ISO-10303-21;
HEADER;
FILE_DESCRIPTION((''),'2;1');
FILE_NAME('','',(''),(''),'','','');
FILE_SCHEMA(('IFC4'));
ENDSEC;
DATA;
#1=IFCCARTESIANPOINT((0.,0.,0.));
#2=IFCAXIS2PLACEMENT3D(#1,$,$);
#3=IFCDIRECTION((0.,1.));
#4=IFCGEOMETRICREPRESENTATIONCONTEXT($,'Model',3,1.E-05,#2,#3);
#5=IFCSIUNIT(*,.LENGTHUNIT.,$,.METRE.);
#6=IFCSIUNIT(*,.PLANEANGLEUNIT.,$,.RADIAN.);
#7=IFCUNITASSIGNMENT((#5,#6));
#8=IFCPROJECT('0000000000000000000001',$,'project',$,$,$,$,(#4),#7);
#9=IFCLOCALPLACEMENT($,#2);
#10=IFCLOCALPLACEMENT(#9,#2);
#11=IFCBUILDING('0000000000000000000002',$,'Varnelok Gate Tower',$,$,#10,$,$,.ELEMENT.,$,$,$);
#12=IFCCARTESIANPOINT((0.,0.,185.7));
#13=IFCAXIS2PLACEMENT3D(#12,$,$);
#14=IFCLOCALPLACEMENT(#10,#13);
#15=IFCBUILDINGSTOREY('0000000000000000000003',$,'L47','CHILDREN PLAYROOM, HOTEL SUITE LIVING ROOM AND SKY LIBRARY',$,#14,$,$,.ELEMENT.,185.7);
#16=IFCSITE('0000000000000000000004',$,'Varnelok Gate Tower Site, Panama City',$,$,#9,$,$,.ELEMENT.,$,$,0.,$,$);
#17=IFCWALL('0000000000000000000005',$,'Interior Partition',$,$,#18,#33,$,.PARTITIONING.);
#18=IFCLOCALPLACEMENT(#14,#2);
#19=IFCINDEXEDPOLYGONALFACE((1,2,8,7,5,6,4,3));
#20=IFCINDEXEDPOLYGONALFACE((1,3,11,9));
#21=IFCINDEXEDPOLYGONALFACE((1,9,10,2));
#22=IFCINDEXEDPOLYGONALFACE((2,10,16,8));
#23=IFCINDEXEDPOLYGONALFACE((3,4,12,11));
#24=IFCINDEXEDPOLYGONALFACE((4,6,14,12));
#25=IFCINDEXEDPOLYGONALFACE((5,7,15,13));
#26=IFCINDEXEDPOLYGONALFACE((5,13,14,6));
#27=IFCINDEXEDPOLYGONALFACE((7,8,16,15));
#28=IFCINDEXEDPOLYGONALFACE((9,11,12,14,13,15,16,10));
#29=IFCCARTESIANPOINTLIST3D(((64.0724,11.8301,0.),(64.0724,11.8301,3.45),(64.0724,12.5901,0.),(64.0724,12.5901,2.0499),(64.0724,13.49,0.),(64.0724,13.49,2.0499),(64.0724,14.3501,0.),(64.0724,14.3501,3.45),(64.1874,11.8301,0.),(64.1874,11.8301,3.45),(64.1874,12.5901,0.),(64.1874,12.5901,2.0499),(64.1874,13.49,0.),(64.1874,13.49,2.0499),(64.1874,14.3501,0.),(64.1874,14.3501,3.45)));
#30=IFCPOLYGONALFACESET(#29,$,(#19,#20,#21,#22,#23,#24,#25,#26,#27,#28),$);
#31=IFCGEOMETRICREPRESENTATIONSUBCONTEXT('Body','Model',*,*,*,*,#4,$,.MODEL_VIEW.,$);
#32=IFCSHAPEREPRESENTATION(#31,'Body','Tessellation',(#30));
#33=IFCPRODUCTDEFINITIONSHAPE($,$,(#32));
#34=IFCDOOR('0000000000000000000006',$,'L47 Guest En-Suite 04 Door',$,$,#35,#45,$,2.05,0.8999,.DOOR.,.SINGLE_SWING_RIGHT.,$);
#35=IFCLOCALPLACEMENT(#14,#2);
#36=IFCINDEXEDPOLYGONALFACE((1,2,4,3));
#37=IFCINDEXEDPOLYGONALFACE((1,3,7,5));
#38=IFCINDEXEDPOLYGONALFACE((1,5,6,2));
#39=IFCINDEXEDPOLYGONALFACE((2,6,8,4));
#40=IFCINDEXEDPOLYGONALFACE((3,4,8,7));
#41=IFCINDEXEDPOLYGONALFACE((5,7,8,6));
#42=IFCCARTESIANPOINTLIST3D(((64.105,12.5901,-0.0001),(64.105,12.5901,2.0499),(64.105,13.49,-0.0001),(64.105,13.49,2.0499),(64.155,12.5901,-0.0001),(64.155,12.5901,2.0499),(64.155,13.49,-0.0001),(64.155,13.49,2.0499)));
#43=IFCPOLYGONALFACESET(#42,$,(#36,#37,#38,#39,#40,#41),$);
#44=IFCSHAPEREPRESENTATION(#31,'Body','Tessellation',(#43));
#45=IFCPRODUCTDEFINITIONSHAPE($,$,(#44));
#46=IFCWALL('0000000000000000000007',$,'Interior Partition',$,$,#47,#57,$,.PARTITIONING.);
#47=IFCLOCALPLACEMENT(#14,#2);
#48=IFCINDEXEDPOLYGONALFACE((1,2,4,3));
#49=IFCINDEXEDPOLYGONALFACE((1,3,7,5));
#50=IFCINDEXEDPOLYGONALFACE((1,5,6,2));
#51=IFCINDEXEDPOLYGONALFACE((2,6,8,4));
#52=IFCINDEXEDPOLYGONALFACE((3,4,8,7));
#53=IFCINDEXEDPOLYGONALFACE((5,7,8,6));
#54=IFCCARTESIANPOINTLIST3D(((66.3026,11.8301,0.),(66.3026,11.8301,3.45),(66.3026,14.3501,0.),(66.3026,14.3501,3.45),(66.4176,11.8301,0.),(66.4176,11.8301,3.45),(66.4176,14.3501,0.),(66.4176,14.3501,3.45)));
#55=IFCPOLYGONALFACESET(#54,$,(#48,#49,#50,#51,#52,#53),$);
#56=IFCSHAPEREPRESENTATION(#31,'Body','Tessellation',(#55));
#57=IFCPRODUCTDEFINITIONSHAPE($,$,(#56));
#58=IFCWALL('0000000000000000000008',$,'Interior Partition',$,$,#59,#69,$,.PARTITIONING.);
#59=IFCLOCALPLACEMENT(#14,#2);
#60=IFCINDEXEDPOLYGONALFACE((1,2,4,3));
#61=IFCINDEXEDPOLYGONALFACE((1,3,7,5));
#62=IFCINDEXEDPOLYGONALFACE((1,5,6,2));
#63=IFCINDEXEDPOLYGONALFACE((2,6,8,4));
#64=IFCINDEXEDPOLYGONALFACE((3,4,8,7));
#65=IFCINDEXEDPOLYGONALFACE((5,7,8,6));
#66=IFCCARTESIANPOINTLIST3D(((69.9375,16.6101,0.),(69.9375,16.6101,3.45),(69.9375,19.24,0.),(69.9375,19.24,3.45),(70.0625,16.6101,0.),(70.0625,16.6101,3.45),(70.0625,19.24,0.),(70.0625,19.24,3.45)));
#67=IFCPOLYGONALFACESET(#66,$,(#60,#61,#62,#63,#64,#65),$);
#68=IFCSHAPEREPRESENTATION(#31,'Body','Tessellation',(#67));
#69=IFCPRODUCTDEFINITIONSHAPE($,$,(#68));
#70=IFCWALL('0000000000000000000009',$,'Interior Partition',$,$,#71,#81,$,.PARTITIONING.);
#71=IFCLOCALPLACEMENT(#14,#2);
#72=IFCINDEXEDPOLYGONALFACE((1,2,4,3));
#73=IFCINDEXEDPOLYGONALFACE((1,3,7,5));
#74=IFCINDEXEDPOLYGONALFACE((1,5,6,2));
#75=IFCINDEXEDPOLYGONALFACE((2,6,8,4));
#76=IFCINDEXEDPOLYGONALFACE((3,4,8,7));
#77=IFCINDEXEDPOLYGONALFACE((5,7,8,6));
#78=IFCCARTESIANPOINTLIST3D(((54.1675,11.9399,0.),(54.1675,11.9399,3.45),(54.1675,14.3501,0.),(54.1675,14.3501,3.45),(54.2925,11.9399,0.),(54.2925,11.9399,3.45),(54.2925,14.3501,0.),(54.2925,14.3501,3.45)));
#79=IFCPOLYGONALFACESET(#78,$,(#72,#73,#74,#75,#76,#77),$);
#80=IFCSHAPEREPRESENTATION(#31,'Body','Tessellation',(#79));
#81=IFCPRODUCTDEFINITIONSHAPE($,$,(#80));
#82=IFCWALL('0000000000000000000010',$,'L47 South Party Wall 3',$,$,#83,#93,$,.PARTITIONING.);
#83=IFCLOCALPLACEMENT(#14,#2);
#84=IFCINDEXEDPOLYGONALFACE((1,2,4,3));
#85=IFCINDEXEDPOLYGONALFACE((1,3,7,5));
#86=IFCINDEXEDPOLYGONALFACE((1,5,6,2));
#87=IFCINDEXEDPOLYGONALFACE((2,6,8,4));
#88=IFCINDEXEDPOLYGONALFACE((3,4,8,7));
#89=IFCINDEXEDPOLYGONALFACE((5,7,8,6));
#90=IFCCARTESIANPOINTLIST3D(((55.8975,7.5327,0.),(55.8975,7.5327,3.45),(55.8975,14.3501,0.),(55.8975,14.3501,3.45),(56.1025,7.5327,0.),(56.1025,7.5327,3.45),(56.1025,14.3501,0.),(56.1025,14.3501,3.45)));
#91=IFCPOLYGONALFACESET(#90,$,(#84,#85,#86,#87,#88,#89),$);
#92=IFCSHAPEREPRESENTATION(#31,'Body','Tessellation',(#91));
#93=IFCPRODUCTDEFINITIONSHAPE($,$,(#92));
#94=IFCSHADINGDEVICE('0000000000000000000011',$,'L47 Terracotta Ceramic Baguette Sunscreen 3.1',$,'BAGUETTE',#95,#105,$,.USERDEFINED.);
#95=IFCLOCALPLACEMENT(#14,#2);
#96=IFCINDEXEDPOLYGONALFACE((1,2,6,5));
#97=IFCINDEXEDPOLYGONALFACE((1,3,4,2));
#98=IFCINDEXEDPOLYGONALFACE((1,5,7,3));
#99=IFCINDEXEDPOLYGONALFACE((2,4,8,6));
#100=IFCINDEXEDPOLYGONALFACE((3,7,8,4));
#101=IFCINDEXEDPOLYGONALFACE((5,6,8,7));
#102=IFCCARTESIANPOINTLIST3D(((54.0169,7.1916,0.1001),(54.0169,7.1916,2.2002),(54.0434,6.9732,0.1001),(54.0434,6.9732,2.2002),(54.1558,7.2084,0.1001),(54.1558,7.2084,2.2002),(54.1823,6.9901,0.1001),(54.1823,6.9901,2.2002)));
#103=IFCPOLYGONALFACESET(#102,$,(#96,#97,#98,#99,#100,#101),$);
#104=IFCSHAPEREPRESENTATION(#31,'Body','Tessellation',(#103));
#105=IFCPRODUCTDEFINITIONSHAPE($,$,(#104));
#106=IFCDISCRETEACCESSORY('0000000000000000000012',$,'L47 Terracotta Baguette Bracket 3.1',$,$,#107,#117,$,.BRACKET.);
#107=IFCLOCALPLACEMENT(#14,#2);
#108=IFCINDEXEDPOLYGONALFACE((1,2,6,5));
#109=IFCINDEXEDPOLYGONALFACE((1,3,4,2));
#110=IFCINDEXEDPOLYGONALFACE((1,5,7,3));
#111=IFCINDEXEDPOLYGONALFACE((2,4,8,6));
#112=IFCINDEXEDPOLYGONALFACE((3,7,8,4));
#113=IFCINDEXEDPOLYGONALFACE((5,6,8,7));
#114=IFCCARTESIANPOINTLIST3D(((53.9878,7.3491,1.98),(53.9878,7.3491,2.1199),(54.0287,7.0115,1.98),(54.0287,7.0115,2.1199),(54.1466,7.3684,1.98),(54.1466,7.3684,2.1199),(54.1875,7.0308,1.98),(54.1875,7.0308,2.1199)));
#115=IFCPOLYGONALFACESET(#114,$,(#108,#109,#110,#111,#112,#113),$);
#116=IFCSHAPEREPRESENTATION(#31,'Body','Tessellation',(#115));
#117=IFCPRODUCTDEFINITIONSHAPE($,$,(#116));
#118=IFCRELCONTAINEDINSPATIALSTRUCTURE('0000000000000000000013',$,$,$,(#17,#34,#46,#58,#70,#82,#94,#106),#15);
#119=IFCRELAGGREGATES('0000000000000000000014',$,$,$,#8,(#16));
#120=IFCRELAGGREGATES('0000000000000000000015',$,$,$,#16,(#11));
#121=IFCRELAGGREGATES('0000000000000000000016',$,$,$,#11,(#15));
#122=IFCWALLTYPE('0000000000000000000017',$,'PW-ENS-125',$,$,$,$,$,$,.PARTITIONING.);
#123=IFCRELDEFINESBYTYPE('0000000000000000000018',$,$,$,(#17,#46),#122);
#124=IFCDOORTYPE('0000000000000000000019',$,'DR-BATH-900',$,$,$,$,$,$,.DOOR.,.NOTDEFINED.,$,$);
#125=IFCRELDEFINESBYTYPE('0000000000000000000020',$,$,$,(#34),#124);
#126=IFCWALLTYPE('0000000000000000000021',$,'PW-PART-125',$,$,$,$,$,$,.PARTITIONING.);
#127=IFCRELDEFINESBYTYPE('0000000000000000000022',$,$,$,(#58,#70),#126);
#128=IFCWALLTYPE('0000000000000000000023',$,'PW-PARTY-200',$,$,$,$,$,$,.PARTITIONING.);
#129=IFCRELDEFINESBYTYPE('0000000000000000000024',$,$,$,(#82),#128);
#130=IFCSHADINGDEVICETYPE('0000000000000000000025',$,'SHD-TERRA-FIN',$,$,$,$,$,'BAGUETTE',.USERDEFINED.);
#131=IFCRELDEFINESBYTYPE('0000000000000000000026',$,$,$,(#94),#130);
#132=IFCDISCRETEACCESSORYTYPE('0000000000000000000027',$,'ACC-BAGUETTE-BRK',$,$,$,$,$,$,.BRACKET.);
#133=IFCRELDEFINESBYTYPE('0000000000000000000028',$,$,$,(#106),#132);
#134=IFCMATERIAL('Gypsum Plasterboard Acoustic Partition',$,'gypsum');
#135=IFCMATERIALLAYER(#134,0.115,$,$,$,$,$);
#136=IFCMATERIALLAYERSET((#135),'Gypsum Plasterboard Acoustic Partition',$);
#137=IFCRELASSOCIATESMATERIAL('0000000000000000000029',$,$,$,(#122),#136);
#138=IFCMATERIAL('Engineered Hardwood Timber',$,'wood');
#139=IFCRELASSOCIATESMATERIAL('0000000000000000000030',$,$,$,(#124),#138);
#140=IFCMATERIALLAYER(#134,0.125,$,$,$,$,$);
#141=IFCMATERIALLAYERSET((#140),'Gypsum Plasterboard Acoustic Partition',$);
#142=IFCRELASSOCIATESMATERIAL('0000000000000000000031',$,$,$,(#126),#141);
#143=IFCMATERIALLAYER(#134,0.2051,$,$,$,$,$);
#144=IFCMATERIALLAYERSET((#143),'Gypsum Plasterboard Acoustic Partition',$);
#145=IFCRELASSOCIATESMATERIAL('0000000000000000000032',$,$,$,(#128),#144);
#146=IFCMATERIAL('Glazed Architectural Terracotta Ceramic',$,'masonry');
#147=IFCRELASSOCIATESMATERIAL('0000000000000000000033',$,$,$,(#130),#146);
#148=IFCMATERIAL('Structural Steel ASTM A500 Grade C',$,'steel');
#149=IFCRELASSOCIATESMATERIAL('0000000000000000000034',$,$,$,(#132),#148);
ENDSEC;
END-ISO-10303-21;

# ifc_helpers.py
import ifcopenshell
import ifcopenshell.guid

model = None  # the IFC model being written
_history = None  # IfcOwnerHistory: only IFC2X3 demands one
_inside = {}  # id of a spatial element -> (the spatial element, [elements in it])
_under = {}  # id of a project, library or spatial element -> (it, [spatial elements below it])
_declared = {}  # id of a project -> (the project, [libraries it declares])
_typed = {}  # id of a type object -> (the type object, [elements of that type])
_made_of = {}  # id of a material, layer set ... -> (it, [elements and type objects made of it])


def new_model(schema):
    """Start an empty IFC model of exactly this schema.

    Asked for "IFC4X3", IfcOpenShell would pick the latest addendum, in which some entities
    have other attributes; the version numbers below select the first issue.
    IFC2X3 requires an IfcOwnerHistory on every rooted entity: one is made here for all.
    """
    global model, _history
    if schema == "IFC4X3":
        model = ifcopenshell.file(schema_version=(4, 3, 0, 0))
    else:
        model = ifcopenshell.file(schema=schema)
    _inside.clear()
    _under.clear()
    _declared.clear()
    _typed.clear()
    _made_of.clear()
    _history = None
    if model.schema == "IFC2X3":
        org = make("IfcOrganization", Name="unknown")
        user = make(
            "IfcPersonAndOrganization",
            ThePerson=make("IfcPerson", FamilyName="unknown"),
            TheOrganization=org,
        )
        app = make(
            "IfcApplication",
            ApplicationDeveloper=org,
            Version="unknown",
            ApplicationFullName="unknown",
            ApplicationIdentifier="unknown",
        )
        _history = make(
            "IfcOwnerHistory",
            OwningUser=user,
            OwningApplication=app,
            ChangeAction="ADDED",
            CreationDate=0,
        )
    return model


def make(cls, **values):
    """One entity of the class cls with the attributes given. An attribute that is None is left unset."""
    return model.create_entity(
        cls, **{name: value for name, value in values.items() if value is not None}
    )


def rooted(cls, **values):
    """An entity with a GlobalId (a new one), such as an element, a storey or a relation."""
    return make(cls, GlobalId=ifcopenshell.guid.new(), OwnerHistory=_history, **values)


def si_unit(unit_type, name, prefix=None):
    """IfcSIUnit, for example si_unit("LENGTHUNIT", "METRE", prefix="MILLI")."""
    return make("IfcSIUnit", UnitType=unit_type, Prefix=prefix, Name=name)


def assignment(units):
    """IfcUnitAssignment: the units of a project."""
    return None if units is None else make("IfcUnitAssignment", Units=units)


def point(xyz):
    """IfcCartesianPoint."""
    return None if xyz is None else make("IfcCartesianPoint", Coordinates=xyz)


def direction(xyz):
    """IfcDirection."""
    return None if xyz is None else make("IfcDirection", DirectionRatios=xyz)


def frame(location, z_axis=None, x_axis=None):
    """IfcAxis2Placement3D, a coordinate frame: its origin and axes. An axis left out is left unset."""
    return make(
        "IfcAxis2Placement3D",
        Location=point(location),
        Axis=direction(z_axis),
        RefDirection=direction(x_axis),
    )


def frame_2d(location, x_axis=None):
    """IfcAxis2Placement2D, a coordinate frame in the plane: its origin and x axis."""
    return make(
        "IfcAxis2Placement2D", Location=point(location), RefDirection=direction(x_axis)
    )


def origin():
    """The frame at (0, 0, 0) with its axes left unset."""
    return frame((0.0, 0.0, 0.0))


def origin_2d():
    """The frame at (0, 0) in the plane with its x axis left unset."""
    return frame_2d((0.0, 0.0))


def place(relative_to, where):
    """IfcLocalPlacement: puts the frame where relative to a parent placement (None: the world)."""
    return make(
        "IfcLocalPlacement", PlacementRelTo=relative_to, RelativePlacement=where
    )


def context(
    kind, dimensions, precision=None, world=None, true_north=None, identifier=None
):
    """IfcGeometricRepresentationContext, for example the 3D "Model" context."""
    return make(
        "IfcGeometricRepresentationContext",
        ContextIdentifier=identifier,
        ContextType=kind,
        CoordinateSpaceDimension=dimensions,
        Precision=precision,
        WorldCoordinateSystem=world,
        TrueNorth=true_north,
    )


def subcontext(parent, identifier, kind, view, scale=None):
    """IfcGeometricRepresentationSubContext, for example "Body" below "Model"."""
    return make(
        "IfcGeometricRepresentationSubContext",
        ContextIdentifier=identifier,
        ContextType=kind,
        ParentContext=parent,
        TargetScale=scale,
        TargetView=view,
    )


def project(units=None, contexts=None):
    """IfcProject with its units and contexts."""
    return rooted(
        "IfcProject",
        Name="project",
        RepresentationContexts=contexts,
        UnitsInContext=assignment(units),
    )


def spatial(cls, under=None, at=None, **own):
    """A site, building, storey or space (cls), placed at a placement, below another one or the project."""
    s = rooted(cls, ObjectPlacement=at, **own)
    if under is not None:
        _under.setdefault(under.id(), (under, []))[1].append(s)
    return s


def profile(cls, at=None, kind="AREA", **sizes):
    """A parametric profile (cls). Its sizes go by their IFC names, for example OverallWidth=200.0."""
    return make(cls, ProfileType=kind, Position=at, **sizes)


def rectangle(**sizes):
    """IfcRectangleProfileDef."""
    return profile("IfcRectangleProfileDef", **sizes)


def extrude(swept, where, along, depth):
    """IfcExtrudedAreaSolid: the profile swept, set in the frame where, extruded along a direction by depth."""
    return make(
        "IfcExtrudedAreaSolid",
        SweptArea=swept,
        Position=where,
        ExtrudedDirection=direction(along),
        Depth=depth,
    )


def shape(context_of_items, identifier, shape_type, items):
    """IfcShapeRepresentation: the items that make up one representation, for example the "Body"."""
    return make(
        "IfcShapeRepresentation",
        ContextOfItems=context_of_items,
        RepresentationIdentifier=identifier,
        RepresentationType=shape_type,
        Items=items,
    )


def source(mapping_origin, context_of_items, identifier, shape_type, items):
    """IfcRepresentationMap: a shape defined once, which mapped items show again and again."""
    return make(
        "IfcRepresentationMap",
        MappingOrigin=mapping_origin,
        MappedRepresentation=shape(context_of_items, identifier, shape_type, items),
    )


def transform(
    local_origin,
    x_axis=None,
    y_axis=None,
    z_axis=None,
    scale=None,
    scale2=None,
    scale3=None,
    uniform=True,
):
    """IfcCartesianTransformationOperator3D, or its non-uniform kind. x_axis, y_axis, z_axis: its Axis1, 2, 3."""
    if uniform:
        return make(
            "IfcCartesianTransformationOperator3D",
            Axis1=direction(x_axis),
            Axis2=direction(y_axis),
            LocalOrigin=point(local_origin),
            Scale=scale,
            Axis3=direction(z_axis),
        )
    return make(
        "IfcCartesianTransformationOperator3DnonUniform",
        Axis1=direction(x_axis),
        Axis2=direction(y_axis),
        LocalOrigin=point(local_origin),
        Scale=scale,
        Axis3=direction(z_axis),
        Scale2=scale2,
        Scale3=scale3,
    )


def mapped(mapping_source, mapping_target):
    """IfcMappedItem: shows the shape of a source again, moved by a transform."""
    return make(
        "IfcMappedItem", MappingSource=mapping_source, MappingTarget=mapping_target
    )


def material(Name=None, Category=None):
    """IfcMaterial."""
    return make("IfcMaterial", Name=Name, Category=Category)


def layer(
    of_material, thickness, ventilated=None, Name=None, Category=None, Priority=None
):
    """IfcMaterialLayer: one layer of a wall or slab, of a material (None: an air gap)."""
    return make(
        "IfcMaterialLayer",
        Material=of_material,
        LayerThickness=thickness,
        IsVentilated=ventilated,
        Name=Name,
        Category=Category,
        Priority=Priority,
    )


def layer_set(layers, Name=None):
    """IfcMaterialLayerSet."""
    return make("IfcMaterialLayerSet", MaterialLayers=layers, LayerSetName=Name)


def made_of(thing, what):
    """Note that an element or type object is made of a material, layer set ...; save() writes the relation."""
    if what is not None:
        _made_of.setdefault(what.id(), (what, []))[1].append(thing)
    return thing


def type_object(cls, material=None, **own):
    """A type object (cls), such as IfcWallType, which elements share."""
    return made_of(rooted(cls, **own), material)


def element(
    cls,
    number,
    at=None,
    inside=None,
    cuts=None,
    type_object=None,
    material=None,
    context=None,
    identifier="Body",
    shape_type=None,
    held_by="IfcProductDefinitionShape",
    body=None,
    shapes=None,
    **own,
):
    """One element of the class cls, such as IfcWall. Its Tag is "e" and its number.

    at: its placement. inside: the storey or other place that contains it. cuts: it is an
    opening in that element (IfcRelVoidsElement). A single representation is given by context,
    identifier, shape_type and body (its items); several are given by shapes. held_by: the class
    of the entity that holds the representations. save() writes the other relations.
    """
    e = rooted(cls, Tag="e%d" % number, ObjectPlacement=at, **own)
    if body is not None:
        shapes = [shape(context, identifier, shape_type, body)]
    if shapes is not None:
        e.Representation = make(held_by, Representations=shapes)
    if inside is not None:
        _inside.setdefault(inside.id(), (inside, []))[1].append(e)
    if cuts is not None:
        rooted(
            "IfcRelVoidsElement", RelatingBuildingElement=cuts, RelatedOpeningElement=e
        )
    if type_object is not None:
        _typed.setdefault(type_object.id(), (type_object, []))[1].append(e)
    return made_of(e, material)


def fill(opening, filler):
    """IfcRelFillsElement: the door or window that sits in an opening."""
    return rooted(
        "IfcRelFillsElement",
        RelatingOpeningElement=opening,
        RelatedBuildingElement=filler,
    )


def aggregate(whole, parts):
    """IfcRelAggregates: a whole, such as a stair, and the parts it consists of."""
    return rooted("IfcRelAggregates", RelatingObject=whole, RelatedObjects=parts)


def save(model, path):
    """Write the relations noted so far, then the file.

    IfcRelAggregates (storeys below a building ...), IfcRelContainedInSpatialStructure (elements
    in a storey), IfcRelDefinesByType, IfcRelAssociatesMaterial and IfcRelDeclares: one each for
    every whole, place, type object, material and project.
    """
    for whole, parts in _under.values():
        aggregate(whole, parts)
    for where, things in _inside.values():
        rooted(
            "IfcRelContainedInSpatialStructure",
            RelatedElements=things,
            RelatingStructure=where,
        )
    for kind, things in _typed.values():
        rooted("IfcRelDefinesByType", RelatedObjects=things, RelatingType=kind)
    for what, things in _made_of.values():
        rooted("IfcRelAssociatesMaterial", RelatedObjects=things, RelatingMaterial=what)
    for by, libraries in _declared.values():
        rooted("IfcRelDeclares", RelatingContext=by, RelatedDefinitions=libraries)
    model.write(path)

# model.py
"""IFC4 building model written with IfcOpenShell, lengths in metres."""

from ifc_helpers import new_model, si_unit, direction, frame, frame_2d, origin, origin_2d, place, context, subcontext, project, spatial, rectangle, extrude, source, transform, mapped, material, layer, layer_set, type_object, element, fill, save


model = new_model("IFC4")

# Units and contexts
model_context = context("Model", 3, precision=1e-05, world=origin(), true_north=direction((0.0, 1.0)))
body_context = subcontext(model_context, "Body", "Model", "MODEL_VIEW")
ifc_project = project(units=[si_unit("LENGTHUNIT", "METRE"), si_unit("PLANEANGLEUNIT", "RADIAN")], contexts=[model_context])

# Site, building, storey
site_placement = place(None, origin())
site = spatial("IfcSite", under=ifc_project, at=site_placement, Name="Varnelok Gate Tower Site, Panama City", CompositionType="ELEMENT", RefElevation=0.0)
building_placement = place(site_placement, origin())
building = spatial("IfcBuilding", under=site, at=building_placement, Name="Varnelok Gate Tower", CompositionType="ELEMENT")
storey_placement = place(building_placement, frame((0.0, 0.0, 185.7)))
storey = spatial("IfcBuildingStorey", under=building, at=storey_placement, Name="L47", Description="CHILDREN PLAYROOM, HOTEL SUITE LIVING ROOM AND SKY LIBRARY", CompositionType="ELEMENT", Elevation=185.7)

# Shared definitions
ifc_material_1 = material(Name="Gypsum Plasterboard Acoustic Partition", Category="gypsum")
ifc_material_2 = material(Name="Engineered Hardwood Timber", Category="wood")

# Shared definitions
ifc_layer_1 = layer(ifc_material_1, 0.115)
ifc_layer_set_1 = layer_set([ifc_layer_1], Name="Gypsum Plasterboard Acoustic Partition")
wall_type_1 = type_object("IfcWallType", Name="PW-ENS-125", PredefinedType="PARTITIONING", material=ifc_layer_set_1)

# Wall, opening, door
wall_1_placement = place(storey_placement, frame((64.1299, 11.8301, 0.0), z_axis=(0.0, 0.0, 1.0), x_axis=(0.0, 1.0, 0.0)))
wall_1 = element("IfcWall", 1, at=wall_1_placement, inside=storey, type_object=wall_type_1, Name="Interior Partition", PredefinedType="PARTITIONING", context=body_context, shape_type="SweptSolid", body=[
    extrude(rectangle(XDim=2.52, YDim=0.115, at=frame_2d((1.26, 0.0))), origin(), (0.0, 0.0, 1.0), 3.45),
])
opening_1_placement = place(wall_1_placement, frame((0.76, 0.0, 0.0)))
opening_1 = element("IfcOpeningElement", 2, at=opening_1_placement, cuts=wall_1, PredefinedType="OPENING", context=body_context, shape_type="SweptSolid", body=[
    extrude(rectangle(XDim=0.8999, YDim=2.05, at=frame_2d((0.45, 1.0249))), frame((0.0, 0.0674, 0.0), z_axis=(0.0, -1.0, 0.0), x_axis=(1.0, 0.0, 0.0)), (0.0, 0.0, 1.0), 0.135),
])
door_type_1 = type_object("IfcDoorType", Name="DR-BATH-900", OperationType="NOTDEFINED", PredefinedType="DOOR", material=ifc_material_2)
door_1_placement = place(opening_1_placement, origin())
door_1 = element("IfcDoor", 3, at=door_1_placement, inside=storey, type_object=door_type_1, Name="L47 Guest En-Suite 04 Door", OperationType="SINGLE_SWING_RIGHT", OverallHeight=2.05, OverallWidth=0.8999, PredefinedType="DOOR", context=body_context, shape_type="SweptSolid", body=[
    extrude(rectangle(XDim=0.8999, YDim=2.05, at=frame_2d((0.45, 1.0249))), frame((0.0, 0.0249, 0.0), z_axis=(0.0, -1.0, 0.0), x_axis=(1.0, 0.0, 0.0)), (0.0, 0.0, 1.0), 0.05),
])
fill(opening_1, door_1)

# Walls
wall_2_placement = place(storey_placement, frame((66.3601, 11.8301, 0.0), z_axis=(0.0, 0.0, 1.0), x_axis=(0.0, 1.0, 0.0)))
element("IfcWall", 4, at=wall_2_placement, inside=storey, type_object=wall_type_1, Name="Interior Partition", PredefinedType="PARTITIONING", context=body_context, shape_type="SweptSolid", body=[
    extrude(rectangle(XDim=2.52, YDim=0.115, at=frame_2d((1.26, 0.0))), origin(), (0.0, 0.0, 1.0), 3.45),
])
ifc_layer_2 = layer(ifc_material_1, 0.125)
ifc_layer_set_2 = layer_set([ifc_layer_2], Name="Gypsum Plasterboard Acoustic Partition")
wall_type_2 = type_object("IfcWallType", Name="PW-PART-125", PredefinedType="PARTITIONING", material=ifc_layer_set_2)
wall_3_placement = place(storey_placement, frame((70.0, 16.6101, 0.0), z_axis=(0.0, 0.0, 1.0), x_axis=(0.0, 1.0, 0.0)))
element("IfcWall", 5, at=wall_3_placement, inside=storey, type_object=wall_type_2, Name="Interior Partition", PredefinedType="PARTITIONING", context=body_context, shape_type="SweptSolid", body=[
    extrude(rectangle(XDim=2.6299, YDim=0.125, at=frame_2d((1.3149, 0.0))), origin(), (0.0, 0.0, 1.0), 3.45),
])
wall_4_placement = place(storey_placement, frame((54.23, 11.9399, 0.0), z_axis=(0.0, 0.0, 1.0), x_axis=(0.0, 1.0, 0.0)))
element("IfcWall", 6, at=wall_4_placement, inside=storey, type_object=wall_type_2, Name="Interior Partition", PredefinedType="PARTITIONING", context=body_context, shape_type="SweptSolid", body=[
    extrude(rectangle(XDim=2.4102, YDim=0.125, at=frame_2d((1.2051, 0.0))), origin(), (0.0, 0.0, 1.0), 3.45),
])
ifc_layer_3 = layer(ifc_material_1, 0.2051)
ifc_layer_set_3 = layer_set([ifc_layer_3], Name="Gypsum Plasterboard Acoustic Partition")
wall_type_3 = type_object("IfcWallType", Name="PW-PARTY-200", PredefinedType="PARTITIONING", material=ifc_layer_set_3)
wall_5_placement = place(storey_placement, frame((56.0, 7.5327, 0.0), z_axis=(0.0, 0.0, 1.0), x_axis=(0.0, 1.0, 0.0)))
element("IfcWall", 7, at=wall_5_placement, inside=storey, type_object=wall_type_3, Name="L47 South Party Wall 3", PredefinedType="PARTITIONING", context=body_context, shape_type="SweptSolid", body=[
    extrude(rectangle(XDim=6.8174, YDim=0.2051, at=frame_2d((3.4087, 0.0))), origin(), (0.0, 0.0, 1.0), 3.45),
])

# Shading device
ifc_material_3 = material(Name="Glazed Architectural Terracotta Ceramic", Category="masonry")
shading_device_type = type_object("IfcShadingDeviceType", Name="SHD-TERRA-FIN", ElementType="BAGUETTE", PredefinedType="USERDEFINED", material=ifc_material_3)
shared_shape_1 = source(origin(), body_context, "Body", "SweptSolid", [
    extrude(rectangle(XDim=0.1399, YDim=0.22, at=origin_2d()), origin(), (0.0, 0.0, 1.0), 2.1001),
])
shading_device_placement = place(storey_placement, frame((54.0996, 7.0908, 0.1001), z_axis=(0.0, 0.0, 1.0), x_axis=(0.992732, 0.120345, 0.0)))
element("IfcShadingDevice", 8, at=shading_device_placement, inside=storey, type_object=shading_device_type, Name="L47 Terracotta Ceramic Baguette Sunscreen 3.1", ObjectType="BAGUETTE", PredefinedType="USERDEFINED", context=body_context, shape_type="MappedRepresentation", body=[
    mapped(shared_shape_1, transform((0.0, 0.0, 0.0), scale=1.0)),
])

# Discrete accessory
ifc_material_4 = material(Name="Structural Steel ASTM A500 Grade C", Category="steel")
discrete_accessory_type = type_object("IfcDiscreteAccessoryType", Name="ACC-BAGUETTE-BRK", PredefinedType="BRACKET", material=ifc_material_4)
shared_shape_2 = source(origin(), body_context, "Body", "SweptSolid", [
    extrude(rectangle(XDim=0.1599, YDim=0.3401, at=origin_2d()), origin(), (0.0, 0.0, 1.0), 0.1399),
])
discrete_accessory_placement = place(storey_placement, frame((54.0876, 7.1899, 1.98), z_axis=(0.0, 0.0, 1.0), x_axis=(0.992732, 0.120345, 0.0)))
element("IfcDiscreteAccessory", 9, at=discrete_accessory_placement, inside=storey, type_object=discrete_accessory_type, Name="L47 Terracotta Baguette Bracket 3.1", PredefinedType="BRACKET", context=body_context, shape_type="MappedRepresentation", body=[
    mapped(shared_shape_2, transform((0.0, 0.0, 0.0), scale=1.0)),
])

save(model, "model.ifc")
